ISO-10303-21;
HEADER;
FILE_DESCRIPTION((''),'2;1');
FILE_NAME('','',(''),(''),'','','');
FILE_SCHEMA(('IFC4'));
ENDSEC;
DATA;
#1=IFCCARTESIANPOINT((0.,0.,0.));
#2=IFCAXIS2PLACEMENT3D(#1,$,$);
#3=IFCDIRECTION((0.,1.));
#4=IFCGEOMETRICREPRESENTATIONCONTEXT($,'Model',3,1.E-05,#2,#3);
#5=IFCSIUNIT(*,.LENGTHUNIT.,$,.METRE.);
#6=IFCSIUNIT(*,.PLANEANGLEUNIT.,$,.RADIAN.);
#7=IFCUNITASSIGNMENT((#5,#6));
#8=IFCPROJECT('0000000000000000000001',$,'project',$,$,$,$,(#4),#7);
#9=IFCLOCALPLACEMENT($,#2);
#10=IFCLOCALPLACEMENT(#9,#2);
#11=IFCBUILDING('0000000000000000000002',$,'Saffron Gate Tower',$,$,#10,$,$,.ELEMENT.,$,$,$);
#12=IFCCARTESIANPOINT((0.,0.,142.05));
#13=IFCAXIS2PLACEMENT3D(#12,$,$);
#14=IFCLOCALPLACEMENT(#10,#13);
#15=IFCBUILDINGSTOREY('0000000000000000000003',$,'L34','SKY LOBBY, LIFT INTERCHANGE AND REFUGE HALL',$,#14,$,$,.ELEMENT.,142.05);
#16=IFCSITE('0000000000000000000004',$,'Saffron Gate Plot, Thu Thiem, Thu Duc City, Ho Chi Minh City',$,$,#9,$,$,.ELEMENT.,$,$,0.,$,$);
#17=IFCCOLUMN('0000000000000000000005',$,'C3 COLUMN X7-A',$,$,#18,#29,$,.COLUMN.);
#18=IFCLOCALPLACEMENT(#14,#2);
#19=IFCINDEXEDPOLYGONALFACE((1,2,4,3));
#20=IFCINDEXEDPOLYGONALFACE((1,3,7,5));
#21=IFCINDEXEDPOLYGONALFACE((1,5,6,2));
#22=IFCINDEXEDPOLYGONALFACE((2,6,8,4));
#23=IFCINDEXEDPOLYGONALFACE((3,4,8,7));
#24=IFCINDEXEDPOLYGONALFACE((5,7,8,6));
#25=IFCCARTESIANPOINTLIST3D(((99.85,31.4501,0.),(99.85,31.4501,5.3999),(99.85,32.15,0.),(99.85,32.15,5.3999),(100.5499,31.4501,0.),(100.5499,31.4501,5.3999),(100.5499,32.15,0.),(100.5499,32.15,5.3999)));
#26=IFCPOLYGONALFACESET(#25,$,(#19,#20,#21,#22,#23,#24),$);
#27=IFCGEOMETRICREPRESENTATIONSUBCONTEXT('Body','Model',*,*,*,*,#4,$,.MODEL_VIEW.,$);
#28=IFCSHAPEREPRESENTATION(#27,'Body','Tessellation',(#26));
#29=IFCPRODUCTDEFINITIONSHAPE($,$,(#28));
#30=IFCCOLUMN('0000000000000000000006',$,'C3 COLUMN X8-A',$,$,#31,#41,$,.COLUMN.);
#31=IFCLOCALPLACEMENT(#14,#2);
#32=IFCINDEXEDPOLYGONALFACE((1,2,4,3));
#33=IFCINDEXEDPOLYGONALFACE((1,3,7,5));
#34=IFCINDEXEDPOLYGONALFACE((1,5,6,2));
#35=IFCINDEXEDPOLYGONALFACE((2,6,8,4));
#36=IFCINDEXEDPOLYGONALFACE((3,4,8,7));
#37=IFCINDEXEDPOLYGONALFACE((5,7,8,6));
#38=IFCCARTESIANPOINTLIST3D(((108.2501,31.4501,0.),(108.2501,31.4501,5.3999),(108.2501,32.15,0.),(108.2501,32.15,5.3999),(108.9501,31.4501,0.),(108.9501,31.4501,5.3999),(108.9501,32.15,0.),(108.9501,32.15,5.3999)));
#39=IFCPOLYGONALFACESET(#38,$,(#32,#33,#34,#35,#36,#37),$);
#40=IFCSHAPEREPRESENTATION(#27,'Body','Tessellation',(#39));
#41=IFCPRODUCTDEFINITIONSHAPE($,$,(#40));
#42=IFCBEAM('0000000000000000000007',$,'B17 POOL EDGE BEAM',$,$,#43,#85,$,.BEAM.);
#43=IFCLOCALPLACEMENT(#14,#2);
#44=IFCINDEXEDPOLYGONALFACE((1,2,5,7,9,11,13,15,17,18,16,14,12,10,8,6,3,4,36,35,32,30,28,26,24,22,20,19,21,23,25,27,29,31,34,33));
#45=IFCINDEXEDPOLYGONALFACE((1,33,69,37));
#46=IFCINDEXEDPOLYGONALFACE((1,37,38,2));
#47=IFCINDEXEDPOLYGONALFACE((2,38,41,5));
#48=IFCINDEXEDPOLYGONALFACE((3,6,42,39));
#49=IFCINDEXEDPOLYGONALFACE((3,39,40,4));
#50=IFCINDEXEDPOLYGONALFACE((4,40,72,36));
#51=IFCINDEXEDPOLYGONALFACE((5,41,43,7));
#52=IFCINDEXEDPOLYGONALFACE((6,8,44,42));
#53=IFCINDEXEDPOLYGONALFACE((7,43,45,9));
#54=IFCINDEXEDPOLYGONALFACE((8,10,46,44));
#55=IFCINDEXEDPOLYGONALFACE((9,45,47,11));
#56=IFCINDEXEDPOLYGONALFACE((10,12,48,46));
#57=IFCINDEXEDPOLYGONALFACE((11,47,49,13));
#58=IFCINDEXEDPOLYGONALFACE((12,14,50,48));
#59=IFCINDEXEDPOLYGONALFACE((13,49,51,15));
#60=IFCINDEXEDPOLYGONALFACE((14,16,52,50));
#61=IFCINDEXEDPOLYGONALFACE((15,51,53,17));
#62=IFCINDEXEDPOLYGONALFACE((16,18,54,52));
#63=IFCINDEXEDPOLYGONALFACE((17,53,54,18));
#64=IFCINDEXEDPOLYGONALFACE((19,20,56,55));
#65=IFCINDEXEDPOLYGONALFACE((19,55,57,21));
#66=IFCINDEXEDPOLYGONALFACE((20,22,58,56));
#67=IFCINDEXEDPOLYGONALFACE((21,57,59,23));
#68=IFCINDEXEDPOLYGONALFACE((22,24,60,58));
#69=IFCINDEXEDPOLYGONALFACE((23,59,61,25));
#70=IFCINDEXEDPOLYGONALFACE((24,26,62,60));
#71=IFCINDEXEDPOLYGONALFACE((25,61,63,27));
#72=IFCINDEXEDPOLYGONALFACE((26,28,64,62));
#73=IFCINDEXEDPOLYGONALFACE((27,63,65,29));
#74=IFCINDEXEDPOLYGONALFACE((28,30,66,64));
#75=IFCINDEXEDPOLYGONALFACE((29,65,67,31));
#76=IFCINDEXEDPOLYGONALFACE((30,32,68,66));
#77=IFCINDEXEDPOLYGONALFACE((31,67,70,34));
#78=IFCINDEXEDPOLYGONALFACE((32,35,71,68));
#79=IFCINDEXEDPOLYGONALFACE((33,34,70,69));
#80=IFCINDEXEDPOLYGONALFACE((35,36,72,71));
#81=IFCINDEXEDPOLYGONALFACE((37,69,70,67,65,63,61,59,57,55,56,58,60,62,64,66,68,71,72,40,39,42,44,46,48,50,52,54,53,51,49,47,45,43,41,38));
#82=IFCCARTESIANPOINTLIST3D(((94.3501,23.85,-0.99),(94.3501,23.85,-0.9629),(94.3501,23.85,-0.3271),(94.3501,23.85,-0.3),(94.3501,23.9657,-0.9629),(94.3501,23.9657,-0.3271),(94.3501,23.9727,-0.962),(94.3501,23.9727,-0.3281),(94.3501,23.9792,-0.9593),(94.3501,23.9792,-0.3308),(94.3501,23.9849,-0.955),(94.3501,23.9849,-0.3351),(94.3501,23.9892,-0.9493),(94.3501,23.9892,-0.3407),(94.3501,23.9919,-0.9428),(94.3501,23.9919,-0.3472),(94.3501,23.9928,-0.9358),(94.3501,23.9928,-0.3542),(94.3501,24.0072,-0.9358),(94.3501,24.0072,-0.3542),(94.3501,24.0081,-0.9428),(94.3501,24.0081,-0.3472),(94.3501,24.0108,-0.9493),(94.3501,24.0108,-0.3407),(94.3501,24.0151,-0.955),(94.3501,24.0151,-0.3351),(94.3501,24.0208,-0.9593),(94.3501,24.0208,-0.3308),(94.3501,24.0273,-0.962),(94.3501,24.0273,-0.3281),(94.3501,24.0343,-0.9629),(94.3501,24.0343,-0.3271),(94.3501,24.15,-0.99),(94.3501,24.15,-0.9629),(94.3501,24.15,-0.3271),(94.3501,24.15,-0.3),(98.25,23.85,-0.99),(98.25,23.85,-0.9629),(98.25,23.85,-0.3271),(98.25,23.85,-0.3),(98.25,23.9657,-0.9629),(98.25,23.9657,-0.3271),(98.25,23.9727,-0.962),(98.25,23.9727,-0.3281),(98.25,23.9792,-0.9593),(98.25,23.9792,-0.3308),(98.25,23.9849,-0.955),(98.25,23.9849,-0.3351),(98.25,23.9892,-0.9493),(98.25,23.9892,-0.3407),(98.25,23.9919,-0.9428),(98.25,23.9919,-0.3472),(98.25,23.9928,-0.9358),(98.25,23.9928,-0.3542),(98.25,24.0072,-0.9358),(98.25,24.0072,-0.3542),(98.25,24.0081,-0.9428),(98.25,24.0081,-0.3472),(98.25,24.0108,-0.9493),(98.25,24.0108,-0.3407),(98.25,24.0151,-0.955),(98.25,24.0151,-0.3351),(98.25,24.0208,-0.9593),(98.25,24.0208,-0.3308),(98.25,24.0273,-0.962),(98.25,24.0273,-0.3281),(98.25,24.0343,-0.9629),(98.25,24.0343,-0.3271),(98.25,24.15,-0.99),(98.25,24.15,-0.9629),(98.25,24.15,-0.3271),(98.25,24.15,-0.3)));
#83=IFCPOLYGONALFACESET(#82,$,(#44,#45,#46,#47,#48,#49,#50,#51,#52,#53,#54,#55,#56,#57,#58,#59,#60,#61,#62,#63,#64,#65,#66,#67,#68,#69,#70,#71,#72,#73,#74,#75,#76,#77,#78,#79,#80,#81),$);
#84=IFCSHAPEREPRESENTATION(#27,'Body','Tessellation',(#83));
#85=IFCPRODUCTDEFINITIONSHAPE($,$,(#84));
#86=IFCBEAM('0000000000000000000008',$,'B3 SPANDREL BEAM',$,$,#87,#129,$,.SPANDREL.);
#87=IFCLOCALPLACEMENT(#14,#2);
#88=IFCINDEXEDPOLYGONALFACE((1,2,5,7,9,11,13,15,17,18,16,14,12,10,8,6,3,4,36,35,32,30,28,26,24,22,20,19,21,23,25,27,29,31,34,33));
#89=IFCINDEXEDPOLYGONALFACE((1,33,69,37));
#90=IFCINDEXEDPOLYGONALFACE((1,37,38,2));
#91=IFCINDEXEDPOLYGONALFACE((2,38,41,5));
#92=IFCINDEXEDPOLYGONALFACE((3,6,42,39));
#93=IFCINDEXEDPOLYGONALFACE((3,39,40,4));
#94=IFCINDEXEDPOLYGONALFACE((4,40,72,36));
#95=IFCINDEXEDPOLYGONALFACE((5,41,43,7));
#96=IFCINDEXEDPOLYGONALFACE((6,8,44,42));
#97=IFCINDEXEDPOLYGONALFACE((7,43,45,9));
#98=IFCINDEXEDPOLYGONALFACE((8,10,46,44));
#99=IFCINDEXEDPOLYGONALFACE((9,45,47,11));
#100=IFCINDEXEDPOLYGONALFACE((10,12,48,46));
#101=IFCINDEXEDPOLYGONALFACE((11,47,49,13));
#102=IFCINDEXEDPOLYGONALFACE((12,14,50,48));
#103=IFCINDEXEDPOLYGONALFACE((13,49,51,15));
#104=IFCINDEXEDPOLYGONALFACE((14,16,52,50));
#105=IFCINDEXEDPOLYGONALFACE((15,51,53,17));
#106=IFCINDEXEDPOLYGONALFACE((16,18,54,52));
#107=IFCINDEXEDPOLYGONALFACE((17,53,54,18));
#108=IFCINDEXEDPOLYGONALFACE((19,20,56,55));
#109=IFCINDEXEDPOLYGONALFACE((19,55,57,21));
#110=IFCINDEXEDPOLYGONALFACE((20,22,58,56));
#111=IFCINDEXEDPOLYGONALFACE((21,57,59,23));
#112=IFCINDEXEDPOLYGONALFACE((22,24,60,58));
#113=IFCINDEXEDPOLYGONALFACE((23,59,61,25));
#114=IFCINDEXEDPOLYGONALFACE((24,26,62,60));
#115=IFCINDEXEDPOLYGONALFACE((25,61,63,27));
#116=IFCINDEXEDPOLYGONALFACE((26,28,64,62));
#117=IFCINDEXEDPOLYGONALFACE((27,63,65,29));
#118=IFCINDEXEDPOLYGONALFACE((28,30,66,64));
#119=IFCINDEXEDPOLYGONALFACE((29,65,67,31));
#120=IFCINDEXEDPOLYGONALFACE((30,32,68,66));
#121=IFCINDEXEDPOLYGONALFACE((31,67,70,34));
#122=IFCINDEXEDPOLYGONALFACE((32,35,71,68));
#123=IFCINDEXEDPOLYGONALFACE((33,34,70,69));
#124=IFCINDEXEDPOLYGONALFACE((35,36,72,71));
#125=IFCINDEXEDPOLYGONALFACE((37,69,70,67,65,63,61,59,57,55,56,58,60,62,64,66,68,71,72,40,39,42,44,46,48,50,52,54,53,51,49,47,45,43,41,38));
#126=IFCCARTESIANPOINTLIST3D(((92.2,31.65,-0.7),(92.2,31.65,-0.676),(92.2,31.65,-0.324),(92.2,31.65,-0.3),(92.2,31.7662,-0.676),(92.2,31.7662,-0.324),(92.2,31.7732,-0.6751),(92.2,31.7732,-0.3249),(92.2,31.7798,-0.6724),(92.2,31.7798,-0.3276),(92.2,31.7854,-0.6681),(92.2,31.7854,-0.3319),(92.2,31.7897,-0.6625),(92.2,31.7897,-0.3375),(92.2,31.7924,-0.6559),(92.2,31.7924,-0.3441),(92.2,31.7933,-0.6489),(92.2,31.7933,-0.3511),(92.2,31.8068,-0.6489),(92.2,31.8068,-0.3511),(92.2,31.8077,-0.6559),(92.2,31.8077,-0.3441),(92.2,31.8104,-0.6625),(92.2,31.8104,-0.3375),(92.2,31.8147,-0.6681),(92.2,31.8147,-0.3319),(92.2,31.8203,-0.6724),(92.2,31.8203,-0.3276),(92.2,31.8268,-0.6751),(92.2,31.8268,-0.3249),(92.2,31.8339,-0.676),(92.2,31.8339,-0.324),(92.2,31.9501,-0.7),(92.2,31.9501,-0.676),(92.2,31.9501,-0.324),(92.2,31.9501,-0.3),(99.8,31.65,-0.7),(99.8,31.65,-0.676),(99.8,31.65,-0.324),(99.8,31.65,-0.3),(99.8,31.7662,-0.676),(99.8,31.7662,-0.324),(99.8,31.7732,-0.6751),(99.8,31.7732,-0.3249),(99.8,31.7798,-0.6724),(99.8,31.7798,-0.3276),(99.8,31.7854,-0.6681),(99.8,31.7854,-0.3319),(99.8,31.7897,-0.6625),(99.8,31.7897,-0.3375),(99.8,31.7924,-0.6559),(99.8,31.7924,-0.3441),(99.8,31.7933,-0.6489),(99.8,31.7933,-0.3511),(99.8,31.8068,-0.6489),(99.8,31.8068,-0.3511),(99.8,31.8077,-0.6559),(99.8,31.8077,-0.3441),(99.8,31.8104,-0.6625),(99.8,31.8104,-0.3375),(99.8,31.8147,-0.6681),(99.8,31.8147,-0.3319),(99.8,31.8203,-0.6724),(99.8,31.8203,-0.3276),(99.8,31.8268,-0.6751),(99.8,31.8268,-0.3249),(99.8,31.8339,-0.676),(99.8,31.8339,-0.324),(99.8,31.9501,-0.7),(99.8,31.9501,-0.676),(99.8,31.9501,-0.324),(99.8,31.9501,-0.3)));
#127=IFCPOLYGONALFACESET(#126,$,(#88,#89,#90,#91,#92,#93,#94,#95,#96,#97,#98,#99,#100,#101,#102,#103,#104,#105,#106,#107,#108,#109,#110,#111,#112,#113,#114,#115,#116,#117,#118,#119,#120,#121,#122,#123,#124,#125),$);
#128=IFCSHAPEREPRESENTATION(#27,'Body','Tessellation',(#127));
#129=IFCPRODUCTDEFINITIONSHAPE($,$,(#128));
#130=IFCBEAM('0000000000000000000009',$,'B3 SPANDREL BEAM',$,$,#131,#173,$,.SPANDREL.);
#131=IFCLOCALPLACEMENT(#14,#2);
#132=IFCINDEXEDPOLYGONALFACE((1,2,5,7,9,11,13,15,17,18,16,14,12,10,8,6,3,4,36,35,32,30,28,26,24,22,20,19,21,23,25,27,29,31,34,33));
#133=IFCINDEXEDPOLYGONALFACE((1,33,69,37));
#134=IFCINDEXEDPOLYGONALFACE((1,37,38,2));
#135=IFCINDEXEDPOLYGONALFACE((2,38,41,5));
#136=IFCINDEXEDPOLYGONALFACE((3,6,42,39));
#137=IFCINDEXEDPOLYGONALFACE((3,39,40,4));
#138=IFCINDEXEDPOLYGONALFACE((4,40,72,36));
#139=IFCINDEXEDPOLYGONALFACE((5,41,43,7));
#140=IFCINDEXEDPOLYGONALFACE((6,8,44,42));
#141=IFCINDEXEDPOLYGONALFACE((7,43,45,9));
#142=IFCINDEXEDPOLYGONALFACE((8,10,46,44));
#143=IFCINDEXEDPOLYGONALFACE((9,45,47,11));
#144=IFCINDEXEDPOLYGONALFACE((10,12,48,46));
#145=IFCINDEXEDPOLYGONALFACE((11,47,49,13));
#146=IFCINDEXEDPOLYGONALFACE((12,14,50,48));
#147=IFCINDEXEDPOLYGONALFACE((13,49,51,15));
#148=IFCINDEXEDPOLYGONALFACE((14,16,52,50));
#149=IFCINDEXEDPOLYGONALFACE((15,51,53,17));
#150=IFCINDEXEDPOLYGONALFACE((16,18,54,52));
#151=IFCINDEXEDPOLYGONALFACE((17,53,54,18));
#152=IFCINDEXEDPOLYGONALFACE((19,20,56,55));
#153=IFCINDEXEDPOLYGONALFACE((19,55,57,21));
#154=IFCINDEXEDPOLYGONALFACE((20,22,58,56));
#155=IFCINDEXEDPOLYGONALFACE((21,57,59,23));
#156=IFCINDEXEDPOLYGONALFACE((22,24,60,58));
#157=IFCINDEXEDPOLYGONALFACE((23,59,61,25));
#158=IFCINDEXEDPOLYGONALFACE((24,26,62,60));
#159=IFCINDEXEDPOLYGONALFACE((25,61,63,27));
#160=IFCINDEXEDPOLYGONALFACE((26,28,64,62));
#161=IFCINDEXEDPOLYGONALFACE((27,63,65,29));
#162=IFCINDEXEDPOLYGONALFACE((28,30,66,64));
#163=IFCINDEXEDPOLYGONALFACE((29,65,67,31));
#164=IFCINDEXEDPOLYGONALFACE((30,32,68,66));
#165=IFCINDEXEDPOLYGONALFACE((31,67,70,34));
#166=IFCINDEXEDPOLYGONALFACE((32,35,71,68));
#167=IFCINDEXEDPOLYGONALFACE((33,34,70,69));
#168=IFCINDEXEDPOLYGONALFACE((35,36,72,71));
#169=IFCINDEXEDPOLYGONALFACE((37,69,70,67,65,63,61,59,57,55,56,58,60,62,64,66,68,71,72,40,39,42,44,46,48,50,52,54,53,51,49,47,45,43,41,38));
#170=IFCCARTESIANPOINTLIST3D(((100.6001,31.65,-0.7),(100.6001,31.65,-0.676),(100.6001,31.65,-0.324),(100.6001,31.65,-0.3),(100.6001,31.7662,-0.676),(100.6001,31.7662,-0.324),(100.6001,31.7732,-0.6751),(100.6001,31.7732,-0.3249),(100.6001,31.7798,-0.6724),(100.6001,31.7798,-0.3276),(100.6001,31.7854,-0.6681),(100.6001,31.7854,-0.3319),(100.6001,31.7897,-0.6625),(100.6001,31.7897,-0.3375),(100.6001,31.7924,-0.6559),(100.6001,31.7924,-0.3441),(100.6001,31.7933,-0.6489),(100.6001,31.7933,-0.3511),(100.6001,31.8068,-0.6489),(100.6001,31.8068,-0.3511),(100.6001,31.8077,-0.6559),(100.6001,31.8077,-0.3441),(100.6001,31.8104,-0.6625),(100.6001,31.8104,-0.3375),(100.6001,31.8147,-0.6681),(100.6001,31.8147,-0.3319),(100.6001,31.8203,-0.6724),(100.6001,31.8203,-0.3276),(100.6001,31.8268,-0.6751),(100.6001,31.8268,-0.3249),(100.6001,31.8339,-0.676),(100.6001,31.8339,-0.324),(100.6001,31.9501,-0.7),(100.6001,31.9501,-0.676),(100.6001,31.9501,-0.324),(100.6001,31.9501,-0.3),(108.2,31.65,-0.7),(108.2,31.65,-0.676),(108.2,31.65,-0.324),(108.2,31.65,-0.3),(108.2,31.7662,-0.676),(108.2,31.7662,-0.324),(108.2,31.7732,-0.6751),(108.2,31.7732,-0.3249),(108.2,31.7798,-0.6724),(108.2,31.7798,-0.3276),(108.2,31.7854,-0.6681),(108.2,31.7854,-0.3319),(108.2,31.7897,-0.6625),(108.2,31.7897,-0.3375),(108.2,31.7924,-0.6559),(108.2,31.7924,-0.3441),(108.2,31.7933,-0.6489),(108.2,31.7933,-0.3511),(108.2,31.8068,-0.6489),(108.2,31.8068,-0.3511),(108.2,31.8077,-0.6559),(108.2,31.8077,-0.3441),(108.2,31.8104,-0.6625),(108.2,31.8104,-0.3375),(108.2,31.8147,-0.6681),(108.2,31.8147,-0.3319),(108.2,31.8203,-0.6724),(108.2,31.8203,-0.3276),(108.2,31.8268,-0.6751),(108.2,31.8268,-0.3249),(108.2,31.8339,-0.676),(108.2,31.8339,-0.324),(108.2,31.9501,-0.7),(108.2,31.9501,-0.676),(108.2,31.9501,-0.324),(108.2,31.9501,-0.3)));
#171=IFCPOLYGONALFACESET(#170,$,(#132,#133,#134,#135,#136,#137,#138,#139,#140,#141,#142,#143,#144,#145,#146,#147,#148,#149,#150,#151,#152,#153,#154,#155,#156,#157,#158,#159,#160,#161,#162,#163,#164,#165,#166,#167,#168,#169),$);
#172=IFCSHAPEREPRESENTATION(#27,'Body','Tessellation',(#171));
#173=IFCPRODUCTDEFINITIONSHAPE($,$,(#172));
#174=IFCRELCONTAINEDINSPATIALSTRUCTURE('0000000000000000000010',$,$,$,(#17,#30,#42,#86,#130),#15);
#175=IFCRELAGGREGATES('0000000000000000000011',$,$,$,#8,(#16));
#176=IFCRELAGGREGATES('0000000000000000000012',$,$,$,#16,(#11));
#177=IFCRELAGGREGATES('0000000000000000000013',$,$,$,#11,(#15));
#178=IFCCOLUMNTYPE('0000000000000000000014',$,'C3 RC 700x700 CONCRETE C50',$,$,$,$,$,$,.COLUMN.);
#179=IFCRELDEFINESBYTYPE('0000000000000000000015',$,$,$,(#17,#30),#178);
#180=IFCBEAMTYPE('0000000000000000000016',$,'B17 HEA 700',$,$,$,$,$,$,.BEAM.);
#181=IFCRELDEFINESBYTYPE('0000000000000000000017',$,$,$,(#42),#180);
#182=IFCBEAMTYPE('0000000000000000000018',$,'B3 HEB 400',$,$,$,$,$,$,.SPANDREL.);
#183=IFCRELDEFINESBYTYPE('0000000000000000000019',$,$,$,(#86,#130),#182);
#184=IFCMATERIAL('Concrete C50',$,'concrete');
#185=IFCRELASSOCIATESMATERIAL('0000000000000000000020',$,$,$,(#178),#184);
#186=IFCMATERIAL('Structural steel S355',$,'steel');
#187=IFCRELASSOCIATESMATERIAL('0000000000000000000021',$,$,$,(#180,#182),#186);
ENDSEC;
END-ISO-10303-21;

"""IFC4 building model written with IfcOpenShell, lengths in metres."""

from ifc_helpers import new_model, si_unit, direction, frame, origin, origin_2d, place, context, subcontext, project, spatial, rectangle, i_section, extrude, material, material_profile, profile_set, type_object, element, save


model = new_model("IFC4")

# Units and contexts
model_context = context("Model", 3, precision=1e-05, world=origin(), true_north=direction((0.0, 1.0)))
body_context = subcontext(model_context, "Body", "Model", "MODEL_VIEW")
ifc_project = project(units=[si_unit("LENGTHUNIT", "METRE"), si_unit("PLANEANGLEUNIT", "RADIAN")], contexts=[model_context])

# Site, building, storey
site_placement = place(None, origin())
site = spatial("IfcSite", under=ifc_project, at=site_placement, Name="Saffron Gate Plot, Thu Thiem, Thu Duc City, Ho Chi Minh City", CompositionType="ELEMENT", RefElevation=0.0)
building_placement = place(site_placement, origin())
building = spatial("IfcBuilding", under=site, at=building_placement, Name="Saffron Gate Tower", CompositionType="ELEMENT")
storey_placement = place(building_placement, frame((0.0, 0.0, 142.05)))
storey = spatial("IfcBuildingStorey", under=building, at=storey_placement, Name="L34", Description="SKY LOBBY, LIFT INTERCHANGE AND REFUGE HALL", CompositionType="ELEMENT", Elevation=142.05)

# Columns
ifc_material_1 = material(Name="Concrete C50", Category="concrete")
ifc_material_profile_1 = material_profile(ifc_material_1, rectangle(XDim=0.7, YDim=0.7, at=origin_2d()))
ifc_profile_set_1 = profile_set([ifc_material_profile_1], Name="Concrete C50")
column_type = type_object("IfcColumnType", Name="C3 RC 700x700 CONCRETE C50", PredefinedType="COLUMN", material=ifc_profile_set_1)
for number, where, z_axis, x_axis, name in (
    (1, (100.2, 31.8, 0.0), (0.0, 0.0, 1.0), (1.0, 0.0, 0.0), "C3 COLUMN X7-A"),
    (2, (108.6001, 31.8, 0.0), (0.0, 0.0, 1.0), (1.0, 0.0, 0.0), "C3 COLUMN X8-A"),
):
    element("IfcColumn", number, at=place(storey_placement, frame(where, z_axis=z_axis, x_axis=x_axis)), inside=storey, type_object=column_type, Name=name, PredefinedType="COLUMN", context=body_context, shape_type="SweptSolid", body=[
        extrude(rectangle(XDim=0.7, YDim=0.7, at=origin_2d()), origin(), (0.0, 0.0, 1.0), 5.3999),
    ])

# Beams
ifc_material_2 = material(Name="Structural steel S355", Category="steel")
ifc_material_profile_2 = material_profile(ifc_material_2, i_section(OverallWidth=0.3, OverallDepth=0.6899, WebThickness=0.0144, FlangeThickness=0.0271, FilletRadius=0.0271, at=origin_2d()))
ifc_profile_set_2 = profile_set([ifc_material_profile_2], Name="Structural steel S355")
beam_type_1 = type_object("IfcBeamType", Name="B17 HEA 700", PredefinedType="BEAM", material=ifc_profile_set_2)
beam_1_placement = place(storey_placement, frame((94.3501, 24.0, -0.645), z_axis=(1.0, 0.0, 0.0), x_axis=(0.0, 1.0, 0.0)))
element("IfcBeam", 3, at=beam_1_placement, inside=storey, type_object=beam_type_1, Name="B17 POOL EDGE BEAM", PredefinedType="BEAM", context=body_context, shape_type="SweptSolid", body=[
    extrude(i_section(OverallWidth=0.3, OverallDepth=0.6899, WebThickness=0.0144, FlangeThickness=0.0271, FilletRadius=0.0271, at=origin_2d()), origin(), (0.0, 0.0, 1.0), 3.8999),
])
ifc_material_profile_3 = material_profile(ifc_material_2, i_section(OverallWidth=0.3, OverallDepth=0.3999, WebThickness=0.0134, FlangeThickness=0.0239, FilletRadius=0.0271, at=origin_2d()))
ifc_profile_set_3 = profile_set([ifc_material_profile_3], Name="Structural steel S355")
beam_type_2 = type_object("IfcBeamType", Name="B3 HEB 400", PredefinedType="SPANDREL", material=ifc_profile_set_3)
beam_2_placement = place(storey_placement, frame((92.2, 31.8, -0.5), z_axis=(1.0, 0.0, 0.0), x_axis=(0.0, 1.0, 0.0)))
element("IfcBeam", 4, at=beam_2_placement, inside=storey, type_object=beam_type_2, Name="B3 SPANDREL BEAM", PredefinedType="SPANDREL", context=body_context, shape_type="SweptSolid", body=[
    extrude(i_section(OverallWidth=0.3, OverallDepth=0.3999, WebThickness=0.0134, FlangeThickness=0.0239, FilletRadius=0.0271, at=origin_2d()), origin(), (0.0, 0.0, 1.0), 7.6001),
])
beam_3_placement = place(storey_placement, frame((100.6001, 31.8, -0.5), z_axis=(1.0, 0.0, 0.0), x_axis=(0.0, 1.0, 0.0)))
element("IfcBeam", 5, at=beam_3_placement, inside=storey, type_object=beam_type_2, Name="B3 SPANDREL BEAM", PredefinedType="SPANDREL", context=body_context, shape_type="SweptSolid", body=[
    extrude(i_section(OverallWidth=0.3, OverallDepth=0.3999, WebThickness=0.0134, FlangeThickness=0.0239, FilletRadius=0.0271, at=origin_2d()), origin(), (0.0, 0.0, 1.0), 7.5999),
])

save(model, "model.ifc")
